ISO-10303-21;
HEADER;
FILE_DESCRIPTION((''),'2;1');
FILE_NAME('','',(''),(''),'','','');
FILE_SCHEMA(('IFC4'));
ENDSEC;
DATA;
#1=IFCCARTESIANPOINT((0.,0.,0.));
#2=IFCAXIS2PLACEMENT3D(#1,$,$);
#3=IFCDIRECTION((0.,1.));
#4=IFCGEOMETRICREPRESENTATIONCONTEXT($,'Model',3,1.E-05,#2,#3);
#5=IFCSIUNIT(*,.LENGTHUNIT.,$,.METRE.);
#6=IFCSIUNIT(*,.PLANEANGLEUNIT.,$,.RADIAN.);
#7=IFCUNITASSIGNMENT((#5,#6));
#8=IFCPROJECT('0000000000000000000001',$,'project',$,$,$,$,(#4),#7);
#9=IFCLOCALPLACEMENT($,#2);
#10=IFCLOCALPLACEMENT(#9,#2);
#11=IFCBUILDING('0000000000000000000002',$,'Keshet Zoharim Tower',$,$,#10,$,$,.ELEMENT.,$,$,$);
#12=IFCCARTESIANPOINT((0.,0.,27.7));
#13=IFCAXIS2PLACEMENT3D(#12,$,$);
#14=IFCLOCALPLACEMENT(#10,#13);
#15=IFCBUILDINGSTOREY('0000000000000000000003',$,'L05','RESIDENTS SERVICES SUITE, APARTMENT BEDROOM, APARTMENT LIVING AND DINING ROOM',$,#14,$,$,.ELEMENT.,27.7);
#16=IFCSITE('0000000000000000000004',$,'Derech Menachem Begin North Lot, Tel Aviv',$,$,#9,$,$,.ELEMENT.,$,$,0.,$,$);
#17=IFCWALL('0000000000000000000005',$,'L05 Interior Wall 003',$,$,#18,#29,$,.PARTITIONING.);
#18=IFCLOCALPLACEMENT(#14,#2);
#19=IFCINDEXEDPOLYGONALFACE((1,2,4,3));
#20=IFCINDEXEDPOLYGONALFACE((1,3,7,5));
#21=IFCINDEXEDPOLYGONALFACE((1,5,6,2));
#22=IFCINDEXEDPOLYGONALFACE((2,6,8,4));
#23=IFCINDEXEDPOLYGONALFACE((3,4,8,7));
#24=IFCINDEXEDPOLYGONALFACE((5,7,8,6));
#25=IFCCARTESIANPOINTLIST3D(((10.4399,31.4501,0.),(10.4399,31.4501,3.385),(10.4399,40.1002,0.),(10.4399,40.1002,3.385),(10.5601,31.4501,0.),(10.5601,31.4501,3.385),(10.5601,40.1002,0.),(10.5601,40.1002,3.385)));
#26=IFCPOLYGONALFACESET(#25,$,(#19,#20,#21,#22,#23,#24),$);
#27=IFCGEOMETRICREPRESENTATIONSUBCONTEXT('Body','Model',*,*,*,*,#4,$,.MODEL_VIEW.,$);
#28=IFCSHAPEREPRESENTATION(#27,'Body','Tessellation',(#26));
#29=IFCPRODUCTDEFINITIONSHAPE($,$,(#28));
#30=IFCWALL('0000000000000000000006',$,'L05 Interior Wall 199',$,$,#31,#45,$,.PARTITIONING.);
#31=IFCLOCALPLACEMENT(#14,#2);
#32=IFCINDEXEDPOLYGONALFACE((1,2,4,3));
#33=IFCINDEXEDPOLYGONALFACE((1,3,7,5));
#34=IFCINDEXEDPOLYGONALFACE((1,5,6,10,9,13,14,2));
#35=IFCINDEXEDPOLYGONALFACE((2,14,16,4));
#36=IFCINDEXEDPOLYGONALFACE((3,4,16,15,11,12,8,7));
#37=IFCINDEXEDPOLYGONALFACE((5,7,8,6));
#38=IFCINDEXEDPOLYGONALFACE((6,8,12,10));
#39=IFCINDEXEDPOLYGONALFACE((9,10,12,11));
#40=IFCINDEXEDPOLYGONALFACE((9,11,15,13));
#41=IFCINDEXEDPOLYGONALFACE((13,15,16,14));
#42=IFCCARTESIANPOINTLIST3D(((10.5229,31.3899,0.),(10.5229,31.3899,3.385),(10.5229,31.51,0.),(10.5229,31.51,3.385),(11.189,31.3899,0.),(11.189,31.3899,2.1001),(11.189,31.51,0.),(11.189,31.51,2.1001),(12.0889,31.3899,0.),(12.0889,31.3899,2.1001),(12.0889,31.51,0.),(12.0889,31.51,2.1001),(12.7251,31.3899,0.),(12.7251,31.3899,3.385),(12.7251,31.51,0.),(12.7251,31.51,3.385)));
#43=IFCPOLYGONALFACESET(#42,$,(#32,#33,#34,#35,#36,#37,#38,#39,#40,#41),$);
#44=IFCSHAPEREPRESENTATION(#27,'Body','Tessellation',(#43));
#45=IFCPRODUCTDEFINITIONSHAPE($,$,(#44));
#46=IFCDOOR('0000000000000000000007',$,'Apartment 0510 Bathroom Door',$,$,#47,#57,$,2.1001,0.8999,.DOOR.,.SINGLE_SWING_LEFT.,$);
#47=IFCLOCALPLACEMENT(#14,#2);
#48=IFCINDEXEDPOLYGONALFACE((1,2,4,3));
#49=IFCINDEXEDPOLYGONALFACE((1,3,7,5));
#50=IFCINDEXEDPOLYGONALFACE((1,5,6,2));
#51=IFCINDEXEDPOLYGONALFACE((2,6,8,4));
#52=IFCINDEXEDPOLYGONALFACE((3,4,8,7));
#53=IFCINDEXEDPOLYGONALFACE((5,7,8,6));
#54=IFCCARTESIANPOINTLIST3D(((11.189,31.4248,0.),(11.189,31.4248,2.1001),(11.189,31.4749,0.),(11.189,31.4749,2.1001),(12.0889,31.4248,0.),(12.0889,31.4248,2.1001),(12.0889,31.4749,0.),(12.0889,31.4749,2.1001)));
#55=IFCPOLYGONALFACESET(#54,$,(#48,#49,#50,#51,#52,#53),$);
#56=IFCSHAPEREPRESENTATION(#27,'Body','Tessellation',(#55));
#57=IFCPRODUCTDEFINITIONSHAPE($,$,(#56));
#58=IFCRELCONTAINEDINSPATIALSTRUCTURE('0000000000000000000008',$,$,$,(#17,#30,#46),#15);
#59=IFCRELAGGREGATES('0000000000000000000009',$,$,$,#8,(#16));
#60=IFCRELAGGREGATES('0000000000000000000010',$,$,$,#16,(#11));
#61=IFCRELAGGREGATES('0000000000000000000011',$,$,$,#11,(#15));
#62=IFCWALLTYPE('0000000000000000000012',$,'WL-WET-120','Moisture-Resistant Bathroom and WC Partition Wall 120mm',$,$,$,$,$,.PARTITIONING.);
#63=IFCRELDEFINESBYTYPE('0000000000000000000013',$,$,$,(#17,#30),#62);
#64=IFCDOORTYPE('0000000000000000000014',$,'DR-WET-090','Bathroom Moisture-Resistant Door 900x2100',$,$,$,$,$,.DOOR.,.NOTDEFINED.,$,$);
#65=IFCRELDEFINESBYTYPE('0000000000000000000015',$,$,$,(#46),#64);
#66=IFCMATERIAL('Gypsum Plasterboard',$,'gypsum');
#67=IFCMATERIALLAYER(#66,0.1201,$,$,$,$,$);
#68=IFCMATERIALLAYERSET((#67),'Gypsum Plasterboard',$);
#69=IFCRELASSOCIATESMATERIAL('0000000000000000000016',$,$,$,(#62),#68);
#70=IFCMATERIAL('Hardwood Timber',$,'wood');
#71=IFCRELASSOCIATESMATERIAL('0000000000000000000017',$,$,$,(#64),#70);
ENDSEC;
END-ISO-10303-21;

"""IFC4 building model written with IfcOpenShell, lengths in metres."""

from ifc_helpers import new_model, si_unit, direction, frame, frame_2d, origin, place, context, subcontext, project, spatial, rectangle, extrude, material, layer, layer_set, type_object, element, fill, save


model = new_model("IFC4")

# Units and contexts
model_context = context("Model", 3, precision=1e-05, world=origin(), true_north=direction((0.0, 1.0)))
body_context = subcontext(model_context, "Body", "Model", "MODEL_VIEW")
ifc_project = project(units=[si_unit("LENGTHUNIT", "METRE"), si_unit("PLANEANGLEUNIT", "RADIAN")], contexts=[model_context])

# Site, building, storey
site_placement = place(None, origin())
site = spatial("IfcSite", under=ifc_project, at=site_placement, Name="Derech Menachem Begin North Lot, Tel Aviv", CompositionType="ELEMENT", RefElevation=0.0)
building_placement = place(site_placement, origin())
building = spatial("IfcBuilding", under=site, at=building_placement, Name="Keshet Zoharim Tower", CompositionType="ELEMENT")
storey_placement = place(building_placement, frame((0.0, 0.0, 27.7)))
storey = spatial("IfcBuildingStorey", under=building, at=storey_placement, Name="L05", Description="RESIDENTS SERVICES SUITE, APARTMENT BEDROOM, APARTMENT LIVING AND DINING ROOM", CompositionType="ELEMENT", Elevation=27.7)

# Shared definitions
ifc_material_1 = material(Name="Gypsum Plasterboard", Category="gypsum")

# Shared definitions
ifc_material_2 = material(Name="Hardwood Timber", Category="wood")

# Wall
ifc_layer_1 = layer(ifc_material_1, 0.1201)
ifc_layer_set_1 = layer_set([ifc_layer_1], Name="Gypsum Plasterboard")
wall_type_1 = type_object("IfcWallType", Name="WL-WET-120", Description="Moisture-Resistant Bathroom and WC Partition Wall 120mm", PredefinedType="PARTITIONING", material=ifc_layer_set_1)
wall_1_placement = place(storey_placement, frame((10.5, 31.45, 0.0), z_axis=(0.0, 0.0, 1.0), x_axis=(0.0, 1.0, 0.0)))
element("IfcWall", 1, at=wall_1_placement, inside=storey, type_object=wall_type_1, Name="L05 Interior Wall 003", PredefinedType="PARTITIONING", context=body_context, shape_type="SweptSolid", body=[
    extrude(rectangle(XDim=8.6501, YDim=0.1201, at=frame_2d((4.3252, 0.0))), origin(), (0.0, 0.0, 1.0), 3.385),
])

# Wall, opening, door
wall_2_placement = place(storey_placement, frame((10.5229, 31.45, 0.0), z_axis=(0.0, 0.0, 1.0), x_axis=(1.0, 0.0, 0.0)))
wall_2 = element("IfcWall", 2, at=wall_2_placement, inside=storey, type_object=wall_type_1, Name="L05 Interior Wall 199", PredefinedType="PARTITIONING", context=body_context, shape_type="SweptSolid", body=[
    extrude(rectangle(XDim=2.2021, YDim=0.1201, at=frame_2d((1.1011, 0.0))), origin(), (0.0, 0.0, 1.0), 3.385),
])
opening_1_placement = place(wall_2_placement, frame((0.666, 0.0, 0.0)))
opening_1 = element("IfcOpeningElement", 3, at=opening_1_placement, cuts=wall_2, PredefinedType="OPENING", context=body_context, shape_type="SweptSolid", body=[
    extrude(rectangle(XDim=0.8999, YDim=2.1001, at=frame_2d((0.45, 1.05))), frame((0.0, 0.0701, 0.0), z_axis=(0.0, -1.0, 0.0), x_axis=(1.0, 0.0, 0.0)), (0.0, 0.0, 1.0), 0.1401),
])
door_type_1 = type_object("IfcDoorType", Name="DR-WET-090", Description="Bathroom Moisture-Resistant Door 900x2100", OperationType="NOTDEFINED", PredefinedType="DOOR", material=ifc_material_2)
door_1_placement = place(opening_1_placement, origin())
door_1 = element("IfcDoor", 4, at=door_1_placement, inside=storey, type_object=door_type_1, Name="Apartment 0510 Bathroom Door", OperationType="SINGLE_SWING_LEFT", OverallHeight=2.1001, OverallWidth=0.8999, PredefinedType="DOOR", context=body_context, shape_type="SweptSolid", body=[
    extrude(rectangle(XDim=0.8999, YDim=2.1001, at=frame_2d((0.45, 1.05))), frame((0.0, 0.0249, 0.0), z_axis=(0.0, -1.0, 0.0), x_axis=(1.0, 0.0, 0.0)), (0.0, 0.0, 1.0), 0.05),
])
fill(opening_1, door_1)

save(model, "model.ifc")
